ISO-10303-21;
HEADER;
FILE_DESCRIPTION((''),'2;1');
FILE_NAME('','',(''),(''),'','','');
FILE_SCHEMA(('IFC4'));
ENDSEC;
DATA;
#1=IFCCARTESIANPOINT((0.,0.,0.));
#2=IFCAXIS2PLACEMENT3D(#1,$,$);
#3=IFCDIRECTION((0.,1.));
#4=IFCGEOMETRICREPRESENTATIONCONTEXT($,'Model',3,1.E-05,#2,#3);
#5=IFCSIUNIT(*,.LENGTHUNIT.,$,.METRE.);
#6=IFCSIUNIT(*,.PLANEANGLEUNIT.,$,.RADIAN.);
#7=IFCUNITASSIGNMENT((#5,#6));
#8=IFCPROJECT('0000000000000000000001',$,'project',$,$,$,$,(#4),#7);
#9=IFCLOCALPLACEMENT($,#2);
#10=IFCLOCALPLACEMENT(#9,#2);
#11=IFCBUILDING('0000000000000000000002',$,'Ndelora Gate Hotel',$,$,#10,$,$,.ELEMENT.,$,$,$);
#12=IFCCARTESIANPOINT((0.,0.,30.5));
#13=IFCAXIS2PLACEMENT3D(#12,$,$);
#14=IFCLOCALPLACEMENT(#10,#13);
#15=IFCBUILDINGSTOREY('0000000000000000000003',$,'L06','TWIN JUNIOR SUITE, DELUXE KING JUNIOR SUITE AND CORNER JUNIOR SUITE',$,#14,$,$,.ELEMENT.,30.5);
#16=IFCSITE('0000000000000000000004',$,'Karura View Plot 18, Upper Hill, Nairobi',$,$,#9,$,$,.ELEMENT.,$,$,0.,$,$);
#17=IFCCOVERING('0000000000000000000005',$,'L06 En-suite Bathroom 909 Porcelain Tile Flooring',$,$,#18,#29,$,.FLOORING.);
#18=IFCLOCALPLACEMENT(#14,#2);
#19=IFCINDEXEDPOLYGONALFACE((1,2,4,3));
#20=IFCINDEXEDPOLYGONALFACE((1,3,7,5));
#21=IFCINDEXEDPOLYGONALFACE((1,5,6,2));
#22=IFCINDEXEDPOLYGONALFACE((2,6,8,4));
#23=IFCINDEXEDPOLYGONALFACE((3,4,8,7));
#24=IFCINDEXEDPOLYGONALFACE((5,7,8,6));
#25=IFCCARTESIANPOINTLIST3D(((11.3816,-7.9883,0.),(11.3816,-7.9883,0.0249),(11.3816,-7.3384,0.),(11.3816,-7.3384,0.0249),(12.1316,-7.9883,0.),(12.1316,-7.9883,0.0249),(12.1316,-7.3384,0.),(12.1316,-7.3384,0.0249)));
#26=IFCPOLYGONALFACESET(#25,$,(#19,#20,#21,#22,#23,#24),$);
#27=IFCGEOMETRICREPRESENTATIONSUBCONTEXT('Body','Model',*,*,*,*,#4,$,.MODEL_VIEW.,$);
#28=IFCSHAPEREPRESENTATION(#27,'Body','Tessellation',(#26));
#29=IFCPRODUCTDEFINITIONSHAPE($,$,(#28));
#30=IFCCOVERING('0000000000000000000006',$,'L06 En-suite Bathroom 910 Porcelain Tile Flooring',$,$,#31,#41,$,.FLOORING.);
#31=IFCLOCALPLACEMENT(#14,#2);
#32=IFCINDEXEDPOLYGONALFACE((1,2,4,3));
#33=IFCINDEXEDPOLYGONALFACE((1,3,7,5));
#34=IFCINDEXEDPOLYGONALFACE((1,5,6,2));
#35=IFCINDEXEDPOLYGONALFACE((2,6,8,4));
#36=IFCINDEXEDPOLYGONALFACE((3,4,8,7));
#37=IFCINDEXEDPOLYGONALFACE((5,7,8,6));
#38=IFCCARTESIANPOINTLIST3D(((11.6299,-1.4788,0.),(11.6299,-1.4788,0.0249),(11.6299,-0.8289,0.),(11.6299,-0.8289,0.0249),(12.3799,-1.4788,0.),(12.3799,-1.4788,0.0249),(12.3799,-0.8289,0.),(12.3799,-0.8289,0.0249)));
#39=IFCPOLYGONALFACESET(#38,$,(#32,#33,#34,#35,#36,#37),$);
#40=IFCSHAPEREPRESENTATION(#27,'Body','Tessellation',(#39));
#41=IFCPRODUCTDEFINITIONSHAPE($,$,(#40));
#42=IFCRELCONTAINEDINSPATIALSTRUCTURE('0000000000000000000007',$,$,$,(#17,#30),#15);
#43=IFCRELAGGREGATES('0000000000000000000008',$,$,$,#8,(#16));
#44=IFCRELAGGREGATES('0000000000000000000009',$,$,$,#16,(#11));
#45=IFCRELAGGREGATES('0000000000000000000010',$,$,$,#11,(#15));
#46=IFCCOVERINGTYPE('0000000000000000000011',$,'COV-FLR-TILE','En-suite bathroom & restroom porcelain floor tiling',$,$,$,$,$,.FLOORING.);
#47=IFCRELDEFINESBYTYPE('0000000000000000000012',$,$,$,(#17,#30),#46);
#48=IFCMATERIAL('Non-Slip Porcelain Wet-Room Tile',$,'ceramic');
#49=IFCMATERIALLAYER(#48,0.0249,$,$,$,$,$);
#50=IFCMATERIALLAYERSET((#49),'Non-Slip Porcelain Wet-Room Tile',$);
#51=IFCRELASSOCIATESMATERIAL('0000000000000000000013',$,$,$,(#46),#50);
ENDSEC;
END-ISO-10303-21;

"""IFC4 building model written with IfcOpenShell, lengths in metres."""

from ifc_helpers import new_model, si_unit, direction, frame, origin, origin_2d, place, context, subcontext, project, spatial, rectangle, extrude, material, layer, layer_set, type_object, element, save


model = new_model("IFC4")

# Units and contexts
model_context = context("Model", 3, precision=1e-05, world=origin(), true_north=direction((0.0, 1.0)))
body_context = subcontext(model_context, "Body", "Model", "MODEL_VIEW")
ifc_project = project(units=[si_unit("LENGTHUNIT", "METRE"), si_unit("PLANEANGLEUNIT", "RADIAN")], contexts=[model_context])

# Site, building, storey
site_placement = place(None, origin())
site = spatial("IfcSite", under=ifc_project, at=site_placement, Name="Karura View Plot 18, Upper Hill, Nairobi", CompositionType="ELEMENT", RefElevation=0.0)
building_placement = place(site_placement, origin())
building = spatial("IfcBuilding", under=site, at=building_placement, Name="Ndelora Gate Hotel", CompositionType="ELEMENT")
storey_placement = place(building_placement, frame((0.0, 0.0, 30.5)))
storey = spatial("IfcBuildingStorey", under=building, at=storey_placement, Name="L06", Description="TWIN JUNIOR SUITE, DELUXE KING JUNIOR SUITE AND CORNER JUNIOR SUITE", CompositionType="ELEMENT", Elevation=30.5)

# Coverings
ifc_material_1 = material(Name="Non-Slip Porcelain Wet-Room Tile", Category="ceramic")
ifc_layer_1 = layer(ifc_material_1, 0.0249)
ifc_layer_set_1 = layer_set([ifc_layer_1], Name="Non-Slip Porcelain Wet-Room Tile")
covering_type_1 = type_object("IfcCoveringType", Name="COV-FLR-TILE", Description="En-suite bathroom & restroom porcelain floor tiling", PredefinedType="FLOORING", material=ifc_layer_set_1)
for number, where, z_axis, x_axis, name in (
    (1, (11.7566, -7.6633, 0.0), (0.0, 0.0, 1.0), (1.0, 0.0, 0.0), "L06 En-suite Bathroom 909 Porcelain Tile Flooring"),
    (2, (12.0049, -1.1538, 0.0), (0.0, 0.0, 1.0), (1.0, 0.0, 0.0), "L06 En-suite Bathroom 910 Porcelain Tile Flooring"),
):
    element("IfcCovering", number, at=place(storey_placement, frame(where, z_axis=z_axis, x_axis=x_axis)), inside=storey, type_object=covering_type_1, Name=name, PredefinedType="FLOORING", context=body_context, shape_type="SweptSolid", body=[
        extrude(rectangle(XDim=0.75, YDim=0.6499, at=origin_2d()), origin(), (0.0, 0.0, 1.0), 0.0249),
    ])

save(model, "model.ifc")
